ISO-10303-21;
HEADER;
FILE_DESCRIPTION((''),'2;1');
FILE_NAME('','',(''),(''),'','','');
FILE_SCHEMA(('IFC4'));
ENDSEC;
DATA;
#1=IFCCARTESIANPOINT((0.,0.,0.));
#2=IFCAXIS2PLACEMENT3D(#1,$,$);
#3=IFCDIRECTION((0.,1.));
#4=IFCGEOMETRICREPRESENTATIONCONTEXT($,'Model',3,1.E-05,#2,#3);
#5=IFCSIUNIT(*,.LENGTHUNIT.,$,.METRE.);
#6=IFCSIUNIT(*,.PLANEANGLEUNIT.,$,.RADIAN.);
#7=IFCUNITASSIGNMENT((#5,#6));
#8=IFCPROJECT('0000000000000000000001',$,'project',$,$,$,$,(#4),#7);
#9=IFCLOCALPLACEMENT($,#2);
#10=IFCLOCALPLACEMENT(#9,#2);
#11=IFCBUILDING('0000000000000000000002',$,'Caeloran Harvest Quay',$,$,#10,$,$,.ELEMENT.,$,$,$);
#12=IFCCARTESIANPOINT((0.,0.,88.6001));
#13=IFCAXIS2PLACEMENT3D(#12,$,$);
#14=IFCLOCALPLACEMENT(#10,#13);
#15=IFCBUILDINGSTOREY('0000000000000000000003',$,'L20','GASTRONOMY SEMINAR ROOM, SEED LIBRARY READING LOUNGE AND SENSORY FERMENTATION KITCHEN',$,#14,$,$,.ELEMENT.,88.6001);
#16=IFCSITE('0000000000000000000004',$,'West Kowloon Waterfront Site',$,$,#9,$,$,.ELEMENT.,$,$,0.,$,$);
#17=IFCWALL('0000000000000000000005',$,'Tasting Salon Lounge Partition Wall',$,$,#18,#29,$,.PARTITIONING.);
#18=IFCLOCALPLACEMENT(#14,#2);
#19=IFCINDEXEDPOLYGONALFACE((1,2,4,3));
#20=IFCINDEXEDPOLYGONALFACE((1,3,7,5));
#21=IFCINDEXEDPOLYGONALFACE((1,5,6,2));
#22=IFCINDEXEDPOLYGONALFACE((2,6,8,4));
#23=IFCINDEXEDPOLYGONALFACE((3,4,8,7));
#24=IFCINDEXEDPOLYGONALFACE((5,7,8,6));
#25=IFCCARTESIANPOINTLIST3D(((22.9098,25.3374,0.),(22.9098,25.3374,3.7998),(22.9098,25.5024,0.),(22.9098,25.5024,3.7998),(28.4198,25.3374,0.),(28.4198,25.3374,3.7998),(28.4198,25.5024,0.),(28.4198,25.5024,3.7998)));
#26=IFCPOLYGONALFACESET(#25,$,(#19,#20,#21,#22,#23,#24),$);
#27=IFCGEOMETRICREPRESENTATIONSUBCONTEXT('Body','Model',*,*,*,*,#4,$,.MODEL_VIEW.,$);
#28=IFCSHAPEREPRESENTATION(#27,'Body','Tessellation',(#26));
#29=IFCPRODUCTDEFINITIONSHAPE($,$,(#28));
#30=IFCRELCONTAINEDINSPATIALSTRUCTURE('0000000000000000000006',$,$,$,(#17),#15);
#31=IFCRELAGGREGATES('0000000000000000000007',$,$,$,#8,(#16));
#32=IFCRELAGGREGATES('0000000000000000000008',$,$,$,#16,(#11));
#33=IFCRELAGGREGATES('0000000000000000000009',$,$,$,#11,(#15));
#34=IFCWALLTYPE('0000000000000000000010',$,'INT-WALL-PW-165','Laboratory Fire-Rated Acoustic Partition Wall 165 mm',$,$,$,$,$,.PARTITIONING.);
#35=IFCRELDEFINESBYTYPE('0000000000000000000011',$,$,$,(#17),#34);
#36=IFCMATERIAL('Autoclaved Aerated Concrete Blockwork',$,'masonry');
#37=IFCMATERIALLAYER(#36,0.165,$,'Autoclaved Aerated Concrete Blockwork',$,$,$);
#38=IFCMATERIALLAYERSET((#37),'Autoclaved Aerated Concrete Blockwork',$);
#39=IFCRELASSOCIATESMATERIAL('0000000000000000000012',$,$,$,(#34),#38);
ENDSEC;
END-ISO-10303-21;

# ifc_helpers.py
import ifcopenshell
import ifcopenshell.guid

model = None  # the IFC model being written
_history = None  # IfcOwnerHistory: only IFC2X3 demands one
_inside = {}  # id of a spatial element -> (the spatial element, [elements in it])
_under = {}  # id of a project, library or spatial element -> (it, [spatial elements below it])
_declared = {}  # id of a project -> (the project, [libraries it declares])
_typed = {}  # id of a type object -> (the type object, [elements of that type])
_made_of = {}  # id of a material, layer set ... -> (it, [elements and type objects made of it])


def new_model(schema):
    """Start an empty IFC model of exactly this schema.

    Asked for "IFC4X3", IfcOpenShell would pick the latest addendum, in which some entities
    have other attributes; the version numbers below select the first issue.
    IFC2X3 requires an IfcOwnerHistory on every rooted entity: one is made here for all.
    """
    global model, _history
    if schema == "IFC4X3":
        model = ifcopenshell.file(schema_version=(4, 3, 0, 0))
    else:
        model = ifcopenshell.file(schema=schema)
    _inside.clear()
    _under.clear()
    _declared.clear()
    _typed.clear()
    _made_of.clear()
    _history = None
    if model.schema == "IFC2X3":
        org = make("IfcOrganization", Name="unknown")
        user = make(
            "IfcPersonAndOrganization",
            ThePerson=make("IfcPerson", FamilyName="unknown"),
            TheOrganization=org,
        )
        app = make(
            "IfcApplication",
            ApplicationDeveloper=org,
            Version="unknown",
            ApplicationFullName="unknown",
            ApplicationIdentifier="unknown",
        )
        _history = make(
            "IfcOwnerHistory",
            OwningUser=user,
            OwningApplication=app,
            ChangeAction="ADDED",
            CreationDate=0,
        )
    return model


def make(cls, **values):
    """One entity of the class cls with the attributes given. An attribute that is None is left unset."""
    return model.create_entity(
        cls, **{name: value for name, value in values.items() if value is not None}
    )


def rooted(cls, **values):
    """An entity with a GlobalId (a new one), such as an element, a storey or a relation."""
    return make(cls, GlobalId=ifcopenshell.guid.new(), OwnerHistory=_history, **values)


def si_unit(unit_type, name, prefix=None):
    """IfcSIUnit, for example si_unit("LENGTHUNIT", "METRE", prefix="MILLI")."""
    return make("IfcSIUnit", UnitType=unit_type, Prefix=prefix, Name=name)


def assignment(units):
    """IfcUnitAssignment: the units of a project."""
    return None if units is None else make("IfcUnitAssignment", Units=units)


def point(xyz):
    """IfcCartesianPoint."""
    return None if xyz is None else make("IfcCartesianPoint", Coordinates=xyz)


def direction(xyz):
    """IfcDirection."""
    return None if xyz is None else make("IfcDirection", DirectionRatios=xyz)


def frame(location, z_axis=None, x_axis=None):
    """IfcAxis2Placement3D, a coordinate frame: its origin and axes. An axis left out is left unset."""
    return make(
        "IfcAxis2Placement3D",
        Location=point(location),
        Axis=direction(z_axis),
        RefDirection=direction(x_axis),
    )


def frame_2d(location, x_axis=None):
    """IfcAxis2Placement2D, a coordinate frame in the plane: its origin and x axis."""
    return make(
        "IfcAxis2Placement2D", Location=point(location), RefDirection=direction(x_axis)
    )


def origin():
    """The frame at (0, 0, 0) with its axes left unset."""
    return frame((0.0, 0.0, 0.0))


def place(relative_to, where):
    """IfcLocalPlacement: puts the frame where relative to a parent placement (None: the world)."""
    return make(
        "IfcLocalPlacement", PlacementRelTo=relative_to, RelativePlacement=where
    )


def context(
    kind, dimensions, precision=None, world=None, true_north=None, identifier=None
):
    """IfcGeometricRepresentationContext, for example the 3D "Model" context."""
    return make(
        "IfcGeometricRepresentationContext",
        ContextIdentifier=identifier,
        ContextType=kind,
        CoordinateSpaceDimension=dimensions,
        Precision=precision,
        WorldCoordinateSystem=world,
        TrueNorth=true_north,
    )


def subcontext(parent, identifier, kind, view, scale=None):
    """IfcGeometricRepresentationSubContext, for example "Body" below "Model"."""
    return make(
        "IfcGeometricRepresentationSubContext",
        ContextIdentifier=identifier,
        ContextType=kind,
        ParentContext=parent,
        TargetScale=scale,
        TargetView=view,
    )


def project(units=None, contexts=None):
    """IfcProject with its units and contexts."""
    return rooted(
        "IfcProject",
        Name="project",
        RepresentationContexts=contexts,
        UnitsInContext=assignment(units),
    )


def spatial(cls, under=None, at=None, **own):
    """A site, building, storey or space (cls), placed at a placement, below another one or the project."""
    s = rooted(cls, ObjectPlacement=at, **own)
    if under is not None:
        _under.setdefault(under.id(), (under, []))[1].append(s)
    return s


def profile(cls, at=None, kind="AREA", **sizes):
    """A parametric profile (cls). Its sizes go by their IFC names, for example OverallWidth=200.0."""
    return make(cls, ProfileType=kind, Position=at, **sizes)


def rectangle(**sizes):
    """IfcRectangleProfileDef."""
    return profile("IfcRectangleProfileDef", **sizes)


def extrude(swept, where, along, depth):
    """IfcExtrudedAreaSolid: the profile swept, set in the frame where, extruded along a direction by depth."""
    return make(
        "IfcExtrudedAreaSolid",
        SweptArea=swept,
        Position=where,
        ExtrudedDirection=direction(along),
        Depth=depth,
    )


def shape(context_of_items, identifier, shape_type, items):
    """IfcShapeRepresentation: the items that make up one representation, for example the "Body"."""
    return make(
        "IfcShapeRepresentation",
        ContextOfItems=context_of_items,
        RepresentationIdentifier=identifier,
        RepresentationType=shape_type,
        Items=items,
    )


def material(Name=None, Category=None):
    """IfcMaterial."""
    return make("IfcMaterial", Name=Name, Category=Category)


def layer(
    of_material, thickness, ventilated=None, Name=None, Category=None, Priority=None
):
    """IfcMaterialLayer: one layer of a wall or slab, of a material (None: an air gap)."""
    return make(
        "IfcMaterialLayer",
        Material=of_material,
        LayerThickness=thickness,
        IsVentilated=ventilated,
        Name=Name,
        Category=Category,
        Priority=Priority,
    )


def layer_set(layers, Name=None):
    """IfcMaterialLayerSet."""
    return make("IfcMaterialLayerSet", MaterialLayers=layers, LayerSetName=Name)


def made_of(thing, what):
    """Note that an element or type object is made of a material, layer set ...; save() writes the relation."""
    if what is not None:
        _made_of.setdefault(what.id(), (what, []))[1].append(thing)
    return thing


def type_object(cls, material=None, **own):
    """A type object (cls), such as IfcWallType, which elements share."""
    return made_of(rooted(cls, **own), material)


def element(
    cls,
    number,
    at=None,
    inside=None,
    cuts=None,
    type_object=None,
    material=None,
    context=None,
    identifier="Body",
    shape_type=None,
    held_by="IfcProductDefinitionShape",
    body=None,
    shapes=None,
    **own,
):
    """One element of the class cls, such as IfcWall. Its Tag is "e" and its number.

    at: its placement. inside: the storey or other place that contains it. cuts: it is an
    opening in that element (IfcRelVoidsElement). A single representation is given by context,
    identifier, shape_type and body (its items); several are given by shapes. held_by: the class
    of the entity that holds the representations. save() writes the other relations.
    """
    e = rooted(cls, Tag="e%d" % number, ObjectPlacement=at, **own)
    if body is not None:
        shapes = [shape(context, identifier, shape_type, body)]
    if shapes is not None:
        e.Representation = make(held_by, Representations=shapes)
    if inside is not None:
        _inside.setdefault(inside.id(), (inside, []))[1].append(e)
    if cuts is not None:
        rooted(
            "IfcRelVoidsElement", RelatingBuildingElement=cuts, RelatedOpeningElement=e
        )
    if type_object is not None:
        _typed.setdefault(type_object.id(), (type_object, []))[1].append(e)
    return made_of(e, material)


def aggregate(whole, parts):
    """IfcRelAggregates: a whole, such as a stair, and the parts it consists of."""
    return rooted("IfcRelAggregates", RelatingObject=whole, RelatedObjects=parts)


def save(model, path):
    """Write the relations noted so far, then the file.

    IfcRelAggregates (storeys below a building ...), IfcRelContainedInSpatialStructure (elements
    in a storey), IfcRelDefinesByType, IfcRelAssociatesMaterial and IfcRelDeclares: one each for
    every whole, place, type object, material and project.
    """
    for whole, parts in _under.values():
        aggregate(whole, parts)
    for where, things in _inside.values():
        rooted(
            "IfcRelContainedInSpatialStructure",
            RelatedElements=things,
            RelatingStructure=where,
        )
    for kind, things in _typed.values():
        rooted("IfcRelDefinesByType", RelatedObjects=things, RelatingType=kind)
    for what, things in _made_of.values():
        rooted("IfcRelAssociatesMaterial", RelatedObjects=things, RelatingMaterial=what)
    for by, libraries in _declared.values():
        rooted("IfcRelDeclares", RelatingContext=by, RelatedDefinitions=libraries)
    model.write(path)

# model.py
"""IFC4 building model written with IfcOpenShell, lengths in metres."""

from ifc_helpers import new_model, si_unit, direction, frame, frame_2d, origin, place, context, subcontext, project, spatial, rectangle, extrude, material, layer, layer_set, type_object, element, save


model = new_model("IFC4")

# Units and contexts
model_context = context("Model", 3, precision=1e-05, world=origin(), true_north=direction((0.0, 1.0)))
body_context = subcontext(model_context, "Body", "Model", "MODEL_VIEW")
ifc_project = project(units=[si_unit("LENGTHUNIT", "METRE"), si_unit("PLANEANGLEUNIT", "RADIAN")], contexts=[model_context])

# Site, building, storey
site_placement = place(None, origin())
site = spatial("IfcSite", under=ifc_project, at=site_placement, Name="West Kowloon Waterfront Site", CompositionType="ELEMENT", RefElevation=0.0)
building_placement = place(site_placement, origin())
building = spatial("IfcBuilding", under=site, at=building_placement, Name="Caeloran Harvest Quay", CompositionType="ELEMENT")
storey_placement = place(building_placement, frame((0.0, 0.0, 88.6001)))
storey = spatial("IfcBuildingStorey", under=building, at=storey_placement, Name="L20", Description="GASTRONOMY SEMINAR ROOM, SEED LIBRARY READING LOUNGE AND SENSORY FERMENTATION KITCHEN", CompositionType="ELEMENT", Elevation=88.6001)

# Wall
ifc_material_1 = material(Name="Autoclaved Aerated Concrete Blockwork", Category="masonry")
ifc_layer = layer(ifc_material_1, 0.165, Name="Autoclaved Aerated Concrete Blockwork")
ifc_layer_set = layer_set([ifc_layer], Name="Autoclaved Aerated Concrete Blockwork")
wall_type = type_object("IfcWallType", Name="INT-WALL-PW-165", Description="Laboratory Fire-Rated Acoustic Partition Wall 165 mm", PredefinedType="PARTITIONING", material=ifc_layer_set)
wall_placement = place(storey_placement, frame((22.9099, 25.4199, 0.0), z_axis=(0.0, 0.0, 1.0), x_axis=(1.0, 0.0, 0.0)))
element("IfcWall", 1, at=wall_placement, inside=storey, type_object=wall_type, Name="Tasting Salon Lounge Partition Wall", PredefinedType="PARTITIONING", context=body_context, shape_type="SweptSolid", body=[
    extrude(rectangle(XDim=5.51, YDim=0.165, at=frame_2d((2.7549, 0.0))), origin(), (0.0, 0.0, 1.0), 3.7998),
])

save(model, "model.ifc")
